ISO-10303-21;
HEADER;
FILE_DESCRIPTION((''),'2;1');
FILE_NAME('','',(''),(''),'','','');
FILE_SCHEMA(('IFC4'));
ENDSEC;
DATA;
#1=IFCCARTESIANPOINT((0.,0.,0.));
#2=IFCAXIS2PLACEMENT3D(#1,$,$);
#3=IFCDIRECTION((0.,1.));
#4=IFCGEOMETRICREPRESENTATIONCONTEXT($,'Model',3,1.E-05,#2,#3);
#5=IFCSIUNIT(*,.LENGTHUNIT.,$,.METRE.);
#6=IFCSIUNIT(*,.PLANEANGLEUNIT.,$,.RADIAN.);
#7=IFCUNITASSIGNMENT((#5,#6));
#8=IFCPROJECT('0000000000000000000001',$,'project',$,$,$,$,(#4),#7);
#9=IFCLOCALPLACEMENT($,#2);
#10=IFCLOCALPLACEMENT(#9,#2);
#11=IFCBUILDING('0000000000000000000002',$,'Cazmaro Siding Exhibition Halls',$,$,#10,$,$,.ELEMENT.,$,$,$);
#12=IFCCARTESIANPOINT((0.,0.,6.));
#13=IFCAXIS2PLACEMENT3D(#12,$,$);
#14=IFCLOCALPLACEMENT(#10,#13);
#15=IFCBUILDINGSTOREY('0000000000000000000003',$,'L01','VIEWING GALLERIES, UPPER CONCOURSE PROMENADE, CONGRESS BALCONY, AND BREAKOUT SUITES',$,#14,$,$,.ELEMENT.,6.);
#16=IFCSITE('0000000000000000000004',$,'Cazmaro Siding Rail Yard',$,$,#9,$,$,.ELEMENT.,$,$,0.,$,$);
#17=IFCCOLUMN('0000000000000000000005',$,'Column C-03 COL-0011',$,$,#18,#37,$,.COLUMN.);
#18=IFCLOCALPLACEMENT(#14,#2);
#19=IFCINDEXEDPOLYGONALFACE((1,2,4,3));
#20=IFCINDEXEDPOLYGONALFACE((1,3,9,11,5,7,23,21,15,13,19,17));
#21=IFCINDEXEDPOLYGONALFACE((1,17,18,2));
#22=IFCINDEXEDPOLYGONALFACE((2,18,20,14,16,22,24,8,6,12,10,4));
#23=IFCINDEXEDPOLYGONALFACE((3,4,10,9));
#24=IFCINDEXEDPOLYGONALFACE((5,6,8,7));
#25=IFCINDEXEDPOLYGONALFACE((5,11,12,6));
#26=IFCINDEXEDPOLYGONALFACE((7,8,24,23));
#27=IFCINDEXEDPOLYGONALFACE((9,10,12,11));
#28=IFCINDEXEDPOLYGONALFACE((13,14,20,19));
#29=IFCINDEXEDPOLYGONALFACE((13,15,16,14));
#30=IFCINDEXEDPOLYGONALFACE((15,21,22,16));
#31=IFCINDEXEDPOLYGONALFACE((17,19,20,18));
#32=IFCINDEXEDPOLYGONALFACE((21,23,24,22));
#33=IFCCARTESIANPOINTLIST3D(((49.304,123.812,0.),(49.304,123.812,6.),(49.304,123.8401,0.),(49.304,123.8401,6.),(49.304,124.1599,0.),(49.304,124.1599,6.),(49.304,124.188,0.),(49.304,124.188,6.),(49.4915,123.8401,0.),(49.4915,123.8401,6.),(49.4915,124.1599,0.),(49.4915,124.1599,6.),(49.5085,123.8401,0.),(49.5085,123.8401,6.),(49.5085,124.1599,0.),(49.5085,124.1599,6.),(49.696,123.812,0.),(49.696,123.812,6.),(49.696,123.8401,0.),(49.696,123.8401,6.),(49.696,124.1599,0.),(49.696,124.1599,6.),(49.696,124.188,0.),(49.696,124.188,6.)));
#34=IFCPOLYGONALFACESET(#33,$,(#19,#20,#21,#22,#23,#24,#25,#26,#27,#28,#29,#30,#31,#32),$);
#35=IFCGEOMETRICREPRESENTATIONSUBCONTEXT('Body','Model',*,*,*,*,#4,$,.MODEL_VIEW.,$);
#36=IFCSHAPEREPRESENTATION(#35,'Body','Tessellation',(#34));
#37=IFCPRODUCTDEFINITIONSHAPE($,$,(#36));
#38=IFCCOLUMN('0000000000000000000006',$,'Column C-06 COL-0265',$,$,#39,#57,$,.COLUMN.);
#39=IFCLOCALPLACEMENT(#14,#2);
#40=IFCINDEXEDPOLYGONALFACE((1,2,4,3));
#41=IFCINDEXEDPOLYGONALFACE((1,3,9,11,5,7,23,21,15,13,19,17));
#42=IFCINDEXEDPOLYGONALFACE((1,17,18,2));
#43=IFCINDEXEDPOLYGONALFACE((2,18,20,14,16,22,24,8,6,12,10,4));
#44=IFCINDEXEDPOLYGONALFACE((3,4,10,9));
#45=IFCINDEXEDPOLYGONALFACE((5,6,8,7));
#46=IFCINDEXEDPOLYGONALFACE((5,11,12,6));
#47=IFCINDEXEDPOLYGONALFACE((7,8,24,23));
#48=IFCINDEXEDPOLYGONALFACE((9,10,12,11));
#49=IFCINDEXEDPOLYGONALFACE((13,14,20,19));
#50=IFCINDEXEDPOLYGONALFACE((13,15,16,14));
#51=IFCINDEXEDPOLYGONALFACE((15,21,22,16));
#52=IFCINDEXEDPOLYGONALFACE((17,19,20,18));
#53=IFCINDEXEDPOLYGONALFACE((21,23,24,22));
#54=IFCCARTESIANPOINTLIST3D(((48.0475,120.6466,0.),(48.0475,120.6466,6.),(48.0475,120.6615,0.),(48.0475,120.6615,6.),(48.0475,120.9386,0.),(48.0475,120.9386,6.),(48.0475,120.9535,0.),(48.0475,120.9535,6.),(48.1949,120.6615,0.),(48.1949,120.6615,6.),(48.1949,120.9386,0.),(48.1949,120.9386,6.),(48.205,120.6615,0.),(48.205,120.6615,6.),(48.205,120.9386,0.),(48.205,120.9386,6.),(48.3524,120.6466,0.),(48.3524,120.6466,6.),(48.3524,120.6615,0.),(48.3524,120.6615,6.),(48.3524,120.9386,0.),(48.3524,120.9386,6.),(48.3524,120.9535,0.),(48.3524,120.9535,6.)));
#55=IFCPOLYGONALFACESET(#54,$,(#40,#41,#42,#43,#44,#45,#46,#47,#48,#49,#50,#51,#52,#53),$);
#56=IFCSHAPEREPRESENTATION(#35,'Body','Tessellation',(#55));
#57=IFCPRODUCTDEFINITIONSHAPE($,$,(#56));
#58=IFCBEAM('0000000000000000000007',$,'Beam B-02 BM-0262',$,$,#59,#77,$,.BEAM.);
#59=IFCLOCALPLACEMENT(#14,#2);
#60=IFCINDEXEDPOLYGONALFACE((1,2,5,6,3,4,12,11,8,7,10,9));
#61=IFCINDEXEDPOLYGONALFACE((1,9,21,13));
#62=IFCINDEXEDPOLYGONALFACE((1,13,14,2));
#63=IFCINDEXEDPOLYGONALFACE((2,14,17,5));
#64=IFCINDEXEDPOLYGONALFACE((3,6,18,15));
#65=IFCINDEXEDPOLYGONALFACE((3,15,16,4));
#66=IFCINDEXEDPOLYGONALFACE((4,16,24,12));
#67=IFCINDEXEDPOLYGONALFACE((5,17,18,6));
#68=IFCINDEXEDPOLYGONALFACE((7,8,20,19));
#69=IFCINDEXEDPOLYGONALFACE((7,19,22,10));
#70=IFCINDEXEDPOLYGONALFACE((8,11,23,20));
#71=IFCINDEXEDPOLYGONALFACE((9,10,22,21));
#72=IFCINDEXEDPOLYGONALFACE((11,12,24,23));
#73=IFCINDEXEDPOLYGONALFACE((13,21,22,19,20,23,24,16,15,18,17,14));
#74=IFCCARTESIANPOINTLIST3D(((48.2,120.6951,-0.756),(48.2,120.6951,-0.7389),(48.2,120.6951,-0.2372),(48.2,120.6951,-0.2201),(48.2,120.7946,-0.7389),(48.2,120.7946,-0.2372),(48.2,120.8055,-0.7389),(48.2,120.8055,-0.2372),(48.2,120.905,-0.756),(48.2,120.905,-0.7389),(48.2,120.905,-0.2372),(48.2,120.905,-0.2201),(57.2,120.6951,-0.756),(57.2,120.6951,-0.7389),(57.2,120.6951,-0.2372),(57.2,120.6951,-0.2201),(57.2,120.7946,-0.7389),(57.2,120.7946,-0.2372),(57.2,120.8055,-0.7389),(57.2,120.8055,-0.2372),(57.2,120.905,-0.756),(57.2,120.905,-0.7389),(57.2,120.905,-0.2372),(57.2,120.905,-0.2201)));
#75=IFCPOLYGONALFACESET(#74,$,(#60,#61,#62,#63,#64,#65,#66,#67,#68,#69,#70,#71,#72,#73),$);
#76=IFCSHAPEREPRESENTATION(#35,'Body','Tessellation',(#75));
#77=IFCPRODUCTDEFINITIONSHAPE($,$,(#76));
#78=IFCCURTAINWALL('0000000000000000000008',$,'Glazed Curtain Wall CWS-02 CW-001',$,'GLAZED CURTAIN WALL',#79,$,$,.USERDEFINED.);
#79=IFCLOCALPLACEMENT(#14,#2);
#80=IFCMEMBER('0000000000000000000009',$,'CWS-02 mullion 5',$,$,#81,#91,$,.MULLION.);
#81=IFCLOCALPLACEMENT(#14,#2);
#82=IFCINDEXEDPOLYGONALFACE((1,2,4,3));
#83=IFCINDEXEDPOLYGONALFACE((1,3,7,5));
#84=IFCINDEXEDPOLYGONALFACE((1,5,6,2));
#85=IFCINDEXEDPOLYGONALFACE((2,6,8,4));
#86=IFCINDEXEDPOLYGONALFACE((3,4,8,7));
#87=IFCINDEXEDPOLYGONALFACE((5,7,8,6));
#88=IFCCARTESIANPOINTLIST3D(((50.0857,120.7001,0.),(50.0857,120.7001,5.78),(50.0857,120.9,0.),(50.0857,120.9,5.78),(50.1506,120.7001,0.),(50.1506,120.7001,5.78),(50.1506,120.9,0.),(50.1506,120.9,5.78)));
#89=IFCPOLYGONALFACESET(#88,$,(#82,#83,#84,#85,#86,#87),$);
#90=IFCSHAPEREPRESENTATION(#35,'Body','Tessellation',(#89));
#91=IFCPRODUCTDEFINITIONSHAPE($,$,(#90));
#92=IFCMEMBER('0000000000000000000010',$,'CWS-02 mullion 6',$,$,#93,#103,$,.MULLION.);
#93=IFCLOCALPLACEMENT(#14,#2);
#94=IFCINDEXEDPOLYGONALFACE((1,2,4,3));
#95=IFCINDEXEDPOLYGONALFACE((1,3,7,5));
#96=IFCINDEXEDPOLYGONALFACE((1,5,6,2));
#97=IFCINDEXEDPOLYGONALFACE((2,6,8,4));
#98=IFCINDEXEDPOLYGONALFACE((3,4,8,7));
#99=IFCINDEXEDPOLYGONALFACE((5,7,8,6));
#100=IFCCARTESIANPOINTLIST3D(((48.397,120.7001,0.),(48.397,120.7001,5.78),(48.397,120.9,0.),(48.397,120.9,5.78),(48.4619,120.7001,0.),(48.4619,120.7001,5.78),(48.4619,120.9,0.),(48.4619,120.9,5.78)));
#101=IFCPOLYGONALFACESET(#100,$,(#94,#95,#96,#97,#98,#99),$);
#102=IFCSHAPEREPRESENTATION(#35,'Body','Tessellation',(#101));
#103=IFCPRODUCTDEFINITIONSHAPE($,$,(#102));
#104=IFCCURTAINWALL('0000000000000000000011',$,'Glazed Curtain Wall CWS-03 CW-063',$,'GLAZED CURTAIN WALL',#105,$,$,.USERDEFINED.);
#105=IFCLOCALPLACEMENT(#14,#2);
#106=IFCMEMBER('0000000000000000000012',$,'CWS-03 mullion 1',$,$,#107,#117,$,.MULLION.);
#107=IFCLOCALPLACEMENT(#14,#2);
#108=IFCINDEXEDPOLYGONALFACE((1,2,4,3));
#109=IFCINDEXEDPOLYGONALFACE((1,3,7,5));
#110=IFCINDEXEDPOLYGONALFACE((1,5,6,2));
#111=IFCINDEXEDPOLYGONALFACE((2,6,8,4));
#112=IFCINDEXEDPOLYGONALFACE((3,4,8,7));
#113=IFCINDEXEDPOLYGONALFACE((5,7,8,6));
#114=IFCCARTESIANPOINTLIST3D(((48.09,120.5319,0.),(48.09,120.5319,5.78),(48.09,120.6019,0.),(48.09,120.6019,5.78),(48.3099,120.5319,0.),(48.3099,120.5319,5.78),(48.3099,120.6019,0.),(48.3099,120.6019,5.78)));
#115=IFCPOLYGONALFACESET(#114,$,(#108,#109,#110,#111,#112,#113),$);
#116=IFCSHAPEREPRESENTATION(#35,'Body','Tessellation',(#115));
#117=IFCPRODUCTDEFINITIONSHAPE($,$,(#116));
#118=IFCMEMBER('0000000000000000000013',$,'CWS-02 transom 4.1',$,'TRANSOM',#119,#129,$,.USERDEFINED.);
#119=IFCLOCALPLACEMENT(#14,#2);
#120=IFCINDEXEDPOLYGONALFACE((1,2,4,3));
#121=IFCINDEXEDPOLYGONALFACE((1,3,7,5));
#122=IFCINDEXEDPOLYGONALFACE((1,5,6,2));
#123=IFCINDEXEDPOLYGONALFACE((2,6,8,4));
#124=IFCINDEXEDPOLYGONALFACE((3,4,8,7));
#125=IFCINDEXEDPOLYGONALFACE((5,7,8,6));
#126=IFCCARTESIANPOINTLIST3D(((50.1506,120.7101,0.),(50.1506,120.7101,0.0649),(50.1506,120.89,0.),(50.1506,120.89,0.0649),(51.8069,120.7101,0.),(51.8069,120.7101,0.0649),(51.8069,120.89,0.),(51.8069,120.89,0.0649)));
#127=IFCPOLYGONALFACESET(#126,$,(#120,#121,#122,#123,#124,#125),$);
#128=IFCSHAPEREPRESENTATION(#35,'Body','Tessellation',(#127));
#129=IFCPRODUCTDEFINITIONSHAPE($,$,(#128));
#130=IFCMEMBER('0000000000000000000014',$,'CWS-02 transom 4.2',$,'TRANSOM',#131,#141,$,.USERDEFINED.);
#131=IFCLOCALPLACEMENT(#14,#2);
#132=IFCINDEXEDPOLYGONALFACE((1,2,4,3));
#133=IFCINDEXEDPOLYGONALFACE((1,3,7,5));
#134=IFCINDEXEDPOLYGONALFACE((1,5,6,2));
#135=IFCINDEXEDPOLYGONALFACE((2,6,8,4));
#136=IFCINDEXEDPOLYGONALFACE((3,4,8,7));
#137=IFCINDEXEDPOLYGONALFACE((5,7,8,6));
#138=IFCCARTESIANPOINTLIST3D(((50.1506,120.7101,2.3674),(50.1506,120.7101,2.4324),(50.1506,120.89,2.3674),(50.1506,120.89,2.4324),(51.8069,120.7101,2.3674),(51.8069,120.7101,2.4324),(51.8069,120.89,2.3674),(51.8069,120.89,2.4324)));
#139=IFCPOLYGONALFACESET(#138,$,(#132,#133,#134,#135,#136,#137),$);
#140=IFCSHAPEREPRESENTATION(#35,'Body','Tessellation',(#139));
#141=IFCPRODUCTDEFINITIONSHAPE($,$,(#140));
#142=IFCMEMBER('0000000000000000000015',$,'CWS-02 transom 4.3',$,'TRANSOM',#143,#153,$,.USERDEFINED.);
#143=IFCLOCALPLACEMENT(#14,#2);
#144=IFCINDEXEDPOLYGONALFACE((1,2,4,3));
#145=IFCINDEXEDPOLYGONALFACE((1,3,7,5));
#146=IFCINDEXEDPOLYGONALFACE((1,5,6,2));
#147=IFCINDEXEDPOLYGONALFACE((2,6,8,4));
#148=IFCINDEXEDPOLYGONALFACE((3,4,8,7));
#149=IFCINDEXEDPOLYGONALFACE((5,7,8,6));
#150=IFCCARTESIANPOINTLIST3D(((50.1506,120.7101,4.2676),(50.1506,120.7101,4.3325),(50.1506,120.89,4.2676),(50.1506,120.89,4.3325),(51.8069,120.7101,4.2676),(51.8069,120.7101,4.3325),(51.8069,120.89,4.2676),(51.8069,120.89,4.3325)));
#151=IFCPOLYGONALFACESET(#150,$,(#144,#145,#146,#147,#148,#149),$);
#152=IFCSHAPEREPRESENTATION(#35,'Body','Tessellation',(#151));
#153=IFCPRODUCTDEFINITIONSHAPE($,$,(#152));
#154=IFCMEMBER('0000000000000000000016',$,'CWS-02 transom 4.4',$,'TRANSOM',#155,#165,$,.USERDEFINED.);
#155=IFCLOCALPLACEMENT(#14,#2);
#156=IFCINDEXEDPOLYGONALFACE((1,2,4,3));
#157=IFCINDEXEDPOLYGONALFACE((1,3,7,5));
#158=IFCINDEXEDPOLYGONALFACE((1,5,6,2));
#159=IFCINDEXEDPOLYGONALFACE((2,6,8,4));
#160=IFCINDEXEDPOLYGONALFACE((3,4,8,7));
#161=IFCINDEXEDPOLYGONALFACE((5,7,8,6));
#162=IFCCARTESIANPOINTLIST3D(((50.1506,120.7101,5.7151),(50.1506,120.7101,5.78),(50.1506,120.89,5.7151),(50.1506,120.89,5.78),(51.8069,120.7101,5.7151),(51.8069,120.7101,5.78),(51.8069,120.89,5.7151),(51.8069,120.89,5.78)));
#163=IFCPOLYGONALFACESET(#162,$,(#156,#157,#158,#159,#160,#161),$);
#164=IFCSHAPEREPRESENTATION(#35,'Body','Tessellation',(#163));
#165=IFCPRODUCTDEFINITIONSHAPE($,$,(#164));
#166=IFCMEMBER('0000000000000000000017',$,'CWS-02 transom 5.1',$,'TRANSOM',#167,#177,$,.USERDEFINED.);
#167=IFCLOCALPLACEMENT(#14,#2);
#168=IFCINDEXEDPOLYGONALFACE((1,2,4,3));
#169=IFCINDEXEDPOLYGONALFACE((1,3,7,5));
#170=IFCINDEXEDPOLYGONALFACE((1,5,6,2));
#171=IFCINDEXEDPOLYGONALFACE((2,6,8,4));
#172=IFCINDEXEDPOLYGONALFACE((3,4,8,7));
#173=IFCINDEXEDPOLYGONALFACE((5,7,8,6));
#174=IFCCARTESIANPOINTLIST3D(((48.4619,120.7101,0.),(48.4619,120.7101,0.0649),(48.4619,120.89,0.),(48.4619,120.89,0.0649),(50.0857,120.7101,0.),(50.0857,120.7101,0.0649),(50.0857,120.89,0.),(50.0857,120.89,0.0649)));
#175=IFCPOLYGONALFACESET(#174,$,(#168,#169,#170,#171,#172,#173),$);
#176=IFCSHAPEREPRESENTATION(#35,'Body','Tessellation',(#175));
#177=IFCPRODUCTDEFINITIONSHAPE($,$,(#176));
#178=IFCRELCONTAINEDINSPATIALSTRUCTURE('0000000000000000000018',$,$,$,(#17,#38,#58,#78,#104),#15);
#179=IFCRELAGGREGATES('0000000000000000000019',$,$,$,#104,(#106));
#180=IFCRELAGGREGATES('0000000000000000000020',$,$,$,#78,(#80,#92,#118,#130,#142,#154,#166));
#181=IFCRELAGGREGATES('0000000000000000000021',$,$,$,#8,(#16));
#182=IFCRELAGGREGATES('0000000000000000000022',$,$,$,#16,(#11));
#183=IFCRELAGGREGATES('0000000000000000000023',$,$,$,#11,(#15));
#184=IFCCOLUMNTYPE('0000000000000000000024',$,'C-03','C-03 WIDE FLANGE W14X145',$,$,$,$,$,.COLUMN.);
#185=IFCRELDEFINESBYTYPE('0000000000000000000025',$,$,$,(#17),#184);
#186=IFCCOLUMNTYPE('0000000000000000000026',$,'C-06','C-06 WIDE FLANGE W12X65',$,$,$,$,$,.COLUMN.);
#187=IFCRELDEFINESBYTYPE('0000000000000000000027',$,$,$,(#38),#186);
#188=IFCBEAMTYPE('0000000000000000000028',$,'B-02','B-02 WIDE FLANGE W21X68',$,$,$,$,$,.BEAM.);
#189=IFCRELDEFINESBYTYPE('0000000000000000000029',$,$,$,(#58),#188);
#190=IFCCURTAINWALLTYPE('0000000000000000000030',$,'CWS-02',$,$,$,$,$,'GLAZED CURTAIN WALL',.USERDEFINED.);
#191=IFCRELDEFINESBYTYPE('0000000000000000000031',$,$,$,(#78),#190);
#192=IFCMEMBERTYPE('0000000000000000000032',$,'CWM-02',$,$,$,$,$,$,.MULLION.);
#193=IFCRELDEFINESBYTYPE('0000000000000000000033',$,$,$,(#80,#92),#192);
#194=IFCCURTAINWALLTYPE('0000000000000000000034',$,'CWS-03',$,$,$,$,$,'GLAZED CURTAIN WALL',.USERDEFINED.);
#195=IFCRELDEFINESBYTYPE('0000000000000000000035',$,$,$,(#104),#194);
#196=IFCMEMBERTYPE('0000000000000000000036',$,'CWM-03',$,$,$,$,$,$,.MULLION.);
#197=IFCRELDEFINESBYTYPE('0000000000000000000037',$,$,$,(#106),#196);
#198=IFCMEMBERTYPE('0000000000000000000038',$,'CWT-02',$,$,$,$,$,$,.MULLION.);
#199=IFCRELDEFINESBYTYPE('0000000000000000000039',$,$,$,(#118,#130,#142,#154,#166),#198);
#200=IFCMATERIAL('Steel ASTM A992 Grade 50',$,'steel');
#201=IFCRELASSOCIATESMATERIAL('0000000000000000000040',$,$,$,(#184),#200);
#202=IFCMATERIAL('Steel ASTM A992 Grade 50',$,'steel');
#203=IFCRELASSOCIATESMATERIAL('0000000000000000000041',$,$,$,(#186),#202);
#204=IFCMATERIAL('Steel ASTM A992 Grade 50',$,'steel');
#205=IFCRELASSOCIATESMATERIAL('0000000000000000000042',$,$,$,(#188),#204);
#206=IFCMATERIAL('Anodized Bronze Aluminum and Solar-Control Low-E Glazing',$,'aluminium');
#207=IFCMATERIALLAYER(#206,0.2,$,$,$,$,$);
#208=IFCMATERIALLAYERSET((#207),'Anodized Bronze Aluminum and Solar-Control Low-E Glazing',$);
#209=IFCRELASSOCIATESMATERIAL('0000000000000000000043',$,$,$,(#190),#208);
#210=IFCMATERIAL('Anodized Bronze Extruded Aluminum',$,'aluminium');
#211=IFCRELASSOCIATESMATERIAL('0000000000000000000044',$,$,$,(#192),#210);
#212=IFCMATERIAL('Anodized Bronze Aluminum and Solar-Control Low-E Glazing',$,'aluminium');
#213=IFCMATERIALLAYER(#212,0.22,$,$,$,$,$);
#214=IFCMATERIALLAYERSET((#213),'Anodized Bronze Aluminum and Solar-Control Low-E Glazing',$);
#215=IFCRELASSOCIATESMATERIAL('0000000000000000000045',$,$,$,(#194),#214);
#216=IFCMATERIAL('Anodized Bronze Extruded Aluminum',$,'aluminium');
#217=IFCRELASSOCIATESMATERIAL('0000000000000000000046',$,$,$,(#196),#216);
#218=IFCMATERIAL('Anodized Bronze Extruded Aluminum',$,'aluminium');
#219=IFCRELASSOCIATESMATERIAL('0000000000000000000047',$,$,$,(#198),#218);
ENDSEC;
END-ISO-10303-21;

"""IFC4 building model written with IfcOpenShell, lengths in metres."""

from ifc_helpers import new_model, si_unit, direction, frame, origin, origin_2d, place, context, subcontext, project, spatial, rectangle, i_section, extrude, material, layer, layer_set, material_profile, profile_set, type_object, element, aggregate, save


model = new_model("IFC4")

# Units and contexts
model_context = context("Model", 3, precision=1e-05, world=origin(), true_north=direction((0.0, 1.0)))
body_context = subcontext(model_context, "Body", "Model", "MODEL_VIEW")
ifc_project = project(units=[si_unit("LENGTHUNIT", "METRE"), si_unit("PLANEANGLEUNIT", "RADIAN")], contexts=[model_context])

# Site, building, storey
site_placement = place(None, origin())
site = spatial("IfcSite", under=ifc_project, at=site_placement, Name="Cazmaro Siding Rail Yard", CompositionType="ELEMENT", RefElevation=0.0)
building_placement = place(site_placement, origin())
building = spatial("IfcBuilding", under=site, at=building_placement, Name="Cazmaro Siding Exhibition Halls", CompositionType="ELEMENT")
storey_placement = place(building_placement, frame((0.0, 0.0, 6.0)))
storey = spatial("IfcBuildingStorey", under=building, at=storey_placement, Name="L01", Description="VIEWING GALLERIES, UPPER CONCOURSE PROMENADE, CONGRESS BALCONY, AND BREAKOUT SUITES", CompositionType="ELEMENT", Elevation=6.0)

# Columns
ifc_material_1 = material(Name="Steel ASTM A992 Grade 50", Category="steel")
ifc_material_profile_1 = material_profile(ifc_material_1, i_section(OverallWidth=0.3921, OverallDepth=0.376, WebThickness=0.0171, FlangeThickness=0.0281, at=origin_2d()), Name="W14X145")
ifc_profile_set_1 = profile_set([ifc_material_profile_1], Name="Steel ASTM A992 Grade 50")
column_type_1 = type_object("IfcColumnType", Name="C-03", Description="C-03 WIDE FLANGE W14X145", PredefinedType="COLUMN", material=ifc_profile_set_1)
column_1_placement = place(storey_placement, frame((49.5, 124.0, 0.0), z_axis=(0.0, 0.0, 1.0), x_axis=(1.0, 0.0, 0.0)))
element("IfcColumn", 1, at=column_1_placement, inside=storey, type_object=column_type_1, Name="Column C-03 COL-0011", PredefinedType="COLUMN", context=body_context, shape_type="SweptSolid", body=[
    extrude(i_section(OverallWidth=0.3921, OverallDepth=0.376, WebThickness=0.0171, FlangeThickness=0.0281, at=origin_2d()), origin(), (0.0, 0.0, 1.0), 6.0),
])
ifc_material_2 = material(Name="Steel ASTM A992 Grade 50", Category="steel")
ifc_material_profile_2 = material_profile(ifc_material_2, i_section(OverallWidth=0.3049, OverallDepth=0.3069, WebThickness=0.01, FlangeThickness=0.0149, at=origin_2d()), Name="W12X65")
ifc_profile_set_2 = profile_set([ifc_material_profile_2], Name="Steel ASTM A992 Grade 50")
column_type_2 = type_object("IfcColumnType", Name="C-06", Description="C-06 WIDE FLANGE W12X65", PredefinedType="COLUMN", material=ifc_profile_set_2)
column_2_placement = place(storey_placement, frame((48.2, 120.8, 0.0), z_axis=(0.0, 0.0, 1.0), x_axis=(1.0, 0.0, 0.0)))
element("IfcColumn", 2, at=column_2_placement, inside=storey, type_object=column_type_2, Name="Column C-06 COL-0265", PredefinedType="COLUMN", context=body_context, shape_type="SweptSolid", body=[
    extrude(i_section(OverallWidth=0.3049, OverallDepth=0.3069, WebThickness=0.01, FlangeThickness=0.0149, at=origin_2d()), origin(), (0.0, 0.0, 1.0), 6.0),
])

# Beam
ifc_material_3 = material(Name="Steel ASTM A992 Grade 50", Category="steel")
ifc_material_profile_3 = material_profile(ifc_material_3, i_section(OverallWidth=0.21, OverallDepth=0.5359, WebThickness=0.011, FlangeThickness=0.0171, at=origin_2d()), Name="W21X68")
ifc_profile_set_3 = profile_set([ifc_material_profile_3], Name="Steel ASTM A992 Grade 50")
beam_type_1 = type_object("IfcBeamType", Name="B-02", Description="B-02 WIDE FLANGE W21X68", PredefinedType="BEAM", material=ifc_profile_set_3)
beam_1_placement = place(storey_placement, frame((48.2, 120.8, -0.488), z_axis=(1.0, 0.0, 0.0), x_axis=(0.0, 1.0, 0.0)))
element("IfcBeam", 3, at=beam_1_placement, inside=storey, type_object=beam_type_1, Name="Beam B-02 BM-0262", PredefinedType="BEAM", context=body_context, shape_type="SweptSolid", body=[
    extrude(i_section(OverallWidth=0.21, OverallDepth=0.5359, WebThickness=0.011, FlangeThickness=0.0171, at=origin_2d()), origin(), (0.0, 0.0, 1.0), 9.0),
])

# Curtain wall, members
ifc_material_4 = material(Name="Anodized Bronze Aluminum and Solar-Control Low-E Glazing", Category="aluminium")
ifc_layer_1 = layer(ifc_material_4, 0.2)
ifc_layer_set_1 = layer_set([ifc_layer_1], Name="Anodized Bronze Aluminum and Solar-Control Low-E Glazing")
curtain_wall_type_1 = type_object("IfcCurtainWallType", Name="CWS-02", ElementType="GLAZED CURTAIN WALL", PredefinedType="USERDEFINED", material=ifc_layer_set_1)
curtain_wall_1_placement = place(storey_placement, origin())
curtain_wall_1 = element("IfcCurtainWall", 4, at=curtain_wall_1_placement, inside=storey, type_object=curtain_wall_type_1, Name="Glazed Curtain Wall CWS-02 CW-001", ObjectType="GLAZED CURTAIN WALL", PredefinedType="USERDEFINED")
ifc_material_5 = material(Name="Anodized Bronze Extruded Aluminum", Category="aluminium")
ifc_material_profile_4 = material_profile(ifc_material_5, rectangle(XDim=0.2, YDim=0.0649, at=origin_2d()), Name="CWM-02")
ifc_profile_set_4 = profile_set([ifc_material_profile_4], Name="Anodized Bronze Extruded Aluminum")
member_type_1 = type_object("IfcMemberType", Name="CWM-02", PredefinedType="MULLION", material=ifc_profile_set_4)
member_1_placement = place(storey_placement, frame((50.1182, 120.8, 0.0), z_axis=(0.0, 0.0, 1.0), x_axis=(0.0, -1.0, 0.0)))
member_1 = element("IfcMember", 5, at=member_1_placement, type_object=member_type_1, Name="CWS-02 mullion 5", PredefinedType="MULLION", context=body_context, shape_type="SweptSolid", body=[
    extrude(rectangle(XDim=0.2, YDim=0.0649, at=origin_2d()), origin(), (0.0, 0.0, 1.0), 5.78),
])
member_2_placement = place(storey_placement, frame((48.4294, 120.8, 0.0), z_axis=(0.0, 0.0, 1.0), x_axis=(0.0, -1.0, 0.0)))
member_2 = element("IfcMember", 6, at=member_2_placement, type_object=member_type_1, Name="CWS-02 mullion 6", PredefinedType="MULLION", context=body_context, shape_type="SweptSolid", body=[
    extrude(rectangle(XDim=0.2, YDim=0.0649, at=origin_2d()), origin(), (0.0, 0.0, 1.0), 5.78),
])

# Curtain wall, member
ifc_material_6 = material(Name="Anodized Bronze Aluminum and Solar-Control Low-E Glazing", Category="aluminium")
ifc_layer_2 = layer(ifc_material_6, 0.22)
ifc_layer_set_2 = layer_set([ifc_layer_2], Name="Anodized Bronze Aluminum and Solar-Control Low-E Glazing")
curtain_wall_type_2 = type_object("IfcCurtainWallType", Name="CWS-03", ElementType="GLAZED CURTAIN WALL", PredefinedType="USERDEFINED", material=ifc_layer_set_2)
curtain_wall_2_placement = place(storey_placement, origin())
curtain_wall_2 = element("IfcCurtainWall", 7, at=curtain_wall_2_placement, inside=storey, type_object=curtain_wall_type_2, Name="Glazed Curtain Wall CWS-03 CW-063", ObjectType="GLAZED CURTAIN WALL", PredefinedType="USERDEFINED")
ifc_material_7 = material(Name="Anodized Bronze Extruded Aluminum", Category="aluminium")
ifc_material_profile_5 = material_profile(ifc_material_7, rectangle(XDim=0.22, YDim=0.0701, at=origin_2d()), Name="CWM-03")
ifc_profile_set_5 = profile_set([ifc_material_profile_5], Name="Anodized Bronze Extruded Aluminum")
member_type_2 = type_object("IfcMemberType", Name="CWM-03", PredefinedType="MULLION", material=ifc_profile_set_5)
member_3_placement = place(storey_placement, frame((48.2, 120.5669, 0.0), z_axis=(0.0, 0.0, 1.0), x_axis=(1.0, 0.0, 0.0)))
member_3 = element("IfcMember", 8, at=member_3_placement, type_object=member_type_2, Name="CWS-03 mullion 1", PredefinedType="MULLION", context=body_context, shape_type="SweptSolid", body=[
    extrude(rectangle(XDim=0.22, YDim=0.0701, at=origin_2d()), origin(), (0.0, 0.0, 1.0), 5.78),
])

# Members
ifc_material_8 = material(Name="Anodized Bronze Extruded Aluminum", Category="aluminium")
ifc_material_profile_6 = material_profile(ifc_material_8, rectangle(XDim=0.1799, YDim=0.0649, at=origin_2d()), Name="CWT-02")
ifc_profile_set_6 = profile_set([ifc_material_profile_6], Name="Anodized Bronze Extruded Aluminum")
member_type_3 = type_object("IfcMemberType", Name="CWT-02", PredefinedType="MULLION", material=ifc_profile_set_6)
member_4_placement = place(storey_placement, frame((51.8069, 120.8, 0.0325), z_axis=(-1.0, 0.0, 0.0), x_axis=(0.0, -1.0, 0.0)))
member_4 = element("IfcMember", 9, at=member_4_placement, type_object=member_type_3, Name="CWS-02 transom 4.1", ObjectType="TRANSOM", PredefinedType="USERDEFINED", context=body_context, shape_type="SweptSolid", body=[
    extrude(rectangle(XDim=0.1799, YDim=0.0649, at=origin_2d()), origin(), (0.0, 0.0, 1.0), 1.6562),
])
member_5_placement = place(storey_placement, frame((51.8069, 120.8, 2.3999), z_axis=(-1.0, 0.0, 0.0), x_axis=(0.0, -1.0, 0.0)))
member_5 = element("IfcMember", 10, at=member_5_placement, type_object=member_type_3, Name="CWS-02 transom 4.2", ObjectType="TRANSOM", PredefinedType="USERDEFINED", context=body_context, shape_type="SweptSolid", body=[
    extrude(rectangle(XDim=0.1799, YDim=0.0649, at=origin_2d()), origin(), (0.0, 0.0, 1.0), 1.6562),
])
member_6_placement = place(storey_placement, frame((51.8069, 120.8, 4.3), z_axis=(-1.0, 0.0, 0.0), x_axis=(0.0, -1.0, 0.0)))
member_6 = element("IfcMember", 11, at=member_6_placement, type_object=member_type_3, Name="CWS-02 transom 4.3", ObjectType="TRANSOM", PredefinedType="USERDEFINED", context=body_context, shape_type="SweptSolid", body=[
    extrude(rectangle(XDim=0.1799, YDim=0.0649, at=origin_2d()), origin(), (0.0, 0.0, 1.0), 1.6562),
])
member_7_placement = place(storey_placement, frame((51.8069, 120.8, 5.7476), z_axis=(-1.0, 0.0, 0.0), x_axis=(0.0, -1.0, 0.0)))
member_7 = element("IfcMember", 12, at=member_7_placement, type_object=member_type_3, Name="CWS-02 transom 4.4", ObjectType="TRANSOM", PredefinedType="USERDEFINED", context=body_context, shape_type="SweptSolid", body=[
    extrude(rectangle(XDim=0.1799, YDim=0.0649, at=origin_2d()), origin(), (0.0, 0.0, 1.0), 1.6562),
])
member_8_placement = place(storey_placement, frame((50.0857, 120.8, 0.0325), z_axis=(-1.0, 0.0, 0.0), x_axis=(0.0, -1.0, 0.0)))
member_8 = element("IfcMember", 13, at=member_8_placement, type_object=member_type_3, Name="CWS-02 transom 5.1", ObjectType="TRANSOM", PredefinedType="USERDEFINED", context=body_context, shape_type="SweptSolid", body=[
    extrude(rectangle(XDim=0.1799, YDim=0.0649, at=origin_2d()), origin(), (0.0, 0.0, 1.0), 1.6238),
])
aggregate(curtain_wall_2, [member_3])

aggregate(curtain_wall_1, [member_1, member_2, member_4, member_5, member_6, member_7, member_8])

save(model, "model.ifc")
